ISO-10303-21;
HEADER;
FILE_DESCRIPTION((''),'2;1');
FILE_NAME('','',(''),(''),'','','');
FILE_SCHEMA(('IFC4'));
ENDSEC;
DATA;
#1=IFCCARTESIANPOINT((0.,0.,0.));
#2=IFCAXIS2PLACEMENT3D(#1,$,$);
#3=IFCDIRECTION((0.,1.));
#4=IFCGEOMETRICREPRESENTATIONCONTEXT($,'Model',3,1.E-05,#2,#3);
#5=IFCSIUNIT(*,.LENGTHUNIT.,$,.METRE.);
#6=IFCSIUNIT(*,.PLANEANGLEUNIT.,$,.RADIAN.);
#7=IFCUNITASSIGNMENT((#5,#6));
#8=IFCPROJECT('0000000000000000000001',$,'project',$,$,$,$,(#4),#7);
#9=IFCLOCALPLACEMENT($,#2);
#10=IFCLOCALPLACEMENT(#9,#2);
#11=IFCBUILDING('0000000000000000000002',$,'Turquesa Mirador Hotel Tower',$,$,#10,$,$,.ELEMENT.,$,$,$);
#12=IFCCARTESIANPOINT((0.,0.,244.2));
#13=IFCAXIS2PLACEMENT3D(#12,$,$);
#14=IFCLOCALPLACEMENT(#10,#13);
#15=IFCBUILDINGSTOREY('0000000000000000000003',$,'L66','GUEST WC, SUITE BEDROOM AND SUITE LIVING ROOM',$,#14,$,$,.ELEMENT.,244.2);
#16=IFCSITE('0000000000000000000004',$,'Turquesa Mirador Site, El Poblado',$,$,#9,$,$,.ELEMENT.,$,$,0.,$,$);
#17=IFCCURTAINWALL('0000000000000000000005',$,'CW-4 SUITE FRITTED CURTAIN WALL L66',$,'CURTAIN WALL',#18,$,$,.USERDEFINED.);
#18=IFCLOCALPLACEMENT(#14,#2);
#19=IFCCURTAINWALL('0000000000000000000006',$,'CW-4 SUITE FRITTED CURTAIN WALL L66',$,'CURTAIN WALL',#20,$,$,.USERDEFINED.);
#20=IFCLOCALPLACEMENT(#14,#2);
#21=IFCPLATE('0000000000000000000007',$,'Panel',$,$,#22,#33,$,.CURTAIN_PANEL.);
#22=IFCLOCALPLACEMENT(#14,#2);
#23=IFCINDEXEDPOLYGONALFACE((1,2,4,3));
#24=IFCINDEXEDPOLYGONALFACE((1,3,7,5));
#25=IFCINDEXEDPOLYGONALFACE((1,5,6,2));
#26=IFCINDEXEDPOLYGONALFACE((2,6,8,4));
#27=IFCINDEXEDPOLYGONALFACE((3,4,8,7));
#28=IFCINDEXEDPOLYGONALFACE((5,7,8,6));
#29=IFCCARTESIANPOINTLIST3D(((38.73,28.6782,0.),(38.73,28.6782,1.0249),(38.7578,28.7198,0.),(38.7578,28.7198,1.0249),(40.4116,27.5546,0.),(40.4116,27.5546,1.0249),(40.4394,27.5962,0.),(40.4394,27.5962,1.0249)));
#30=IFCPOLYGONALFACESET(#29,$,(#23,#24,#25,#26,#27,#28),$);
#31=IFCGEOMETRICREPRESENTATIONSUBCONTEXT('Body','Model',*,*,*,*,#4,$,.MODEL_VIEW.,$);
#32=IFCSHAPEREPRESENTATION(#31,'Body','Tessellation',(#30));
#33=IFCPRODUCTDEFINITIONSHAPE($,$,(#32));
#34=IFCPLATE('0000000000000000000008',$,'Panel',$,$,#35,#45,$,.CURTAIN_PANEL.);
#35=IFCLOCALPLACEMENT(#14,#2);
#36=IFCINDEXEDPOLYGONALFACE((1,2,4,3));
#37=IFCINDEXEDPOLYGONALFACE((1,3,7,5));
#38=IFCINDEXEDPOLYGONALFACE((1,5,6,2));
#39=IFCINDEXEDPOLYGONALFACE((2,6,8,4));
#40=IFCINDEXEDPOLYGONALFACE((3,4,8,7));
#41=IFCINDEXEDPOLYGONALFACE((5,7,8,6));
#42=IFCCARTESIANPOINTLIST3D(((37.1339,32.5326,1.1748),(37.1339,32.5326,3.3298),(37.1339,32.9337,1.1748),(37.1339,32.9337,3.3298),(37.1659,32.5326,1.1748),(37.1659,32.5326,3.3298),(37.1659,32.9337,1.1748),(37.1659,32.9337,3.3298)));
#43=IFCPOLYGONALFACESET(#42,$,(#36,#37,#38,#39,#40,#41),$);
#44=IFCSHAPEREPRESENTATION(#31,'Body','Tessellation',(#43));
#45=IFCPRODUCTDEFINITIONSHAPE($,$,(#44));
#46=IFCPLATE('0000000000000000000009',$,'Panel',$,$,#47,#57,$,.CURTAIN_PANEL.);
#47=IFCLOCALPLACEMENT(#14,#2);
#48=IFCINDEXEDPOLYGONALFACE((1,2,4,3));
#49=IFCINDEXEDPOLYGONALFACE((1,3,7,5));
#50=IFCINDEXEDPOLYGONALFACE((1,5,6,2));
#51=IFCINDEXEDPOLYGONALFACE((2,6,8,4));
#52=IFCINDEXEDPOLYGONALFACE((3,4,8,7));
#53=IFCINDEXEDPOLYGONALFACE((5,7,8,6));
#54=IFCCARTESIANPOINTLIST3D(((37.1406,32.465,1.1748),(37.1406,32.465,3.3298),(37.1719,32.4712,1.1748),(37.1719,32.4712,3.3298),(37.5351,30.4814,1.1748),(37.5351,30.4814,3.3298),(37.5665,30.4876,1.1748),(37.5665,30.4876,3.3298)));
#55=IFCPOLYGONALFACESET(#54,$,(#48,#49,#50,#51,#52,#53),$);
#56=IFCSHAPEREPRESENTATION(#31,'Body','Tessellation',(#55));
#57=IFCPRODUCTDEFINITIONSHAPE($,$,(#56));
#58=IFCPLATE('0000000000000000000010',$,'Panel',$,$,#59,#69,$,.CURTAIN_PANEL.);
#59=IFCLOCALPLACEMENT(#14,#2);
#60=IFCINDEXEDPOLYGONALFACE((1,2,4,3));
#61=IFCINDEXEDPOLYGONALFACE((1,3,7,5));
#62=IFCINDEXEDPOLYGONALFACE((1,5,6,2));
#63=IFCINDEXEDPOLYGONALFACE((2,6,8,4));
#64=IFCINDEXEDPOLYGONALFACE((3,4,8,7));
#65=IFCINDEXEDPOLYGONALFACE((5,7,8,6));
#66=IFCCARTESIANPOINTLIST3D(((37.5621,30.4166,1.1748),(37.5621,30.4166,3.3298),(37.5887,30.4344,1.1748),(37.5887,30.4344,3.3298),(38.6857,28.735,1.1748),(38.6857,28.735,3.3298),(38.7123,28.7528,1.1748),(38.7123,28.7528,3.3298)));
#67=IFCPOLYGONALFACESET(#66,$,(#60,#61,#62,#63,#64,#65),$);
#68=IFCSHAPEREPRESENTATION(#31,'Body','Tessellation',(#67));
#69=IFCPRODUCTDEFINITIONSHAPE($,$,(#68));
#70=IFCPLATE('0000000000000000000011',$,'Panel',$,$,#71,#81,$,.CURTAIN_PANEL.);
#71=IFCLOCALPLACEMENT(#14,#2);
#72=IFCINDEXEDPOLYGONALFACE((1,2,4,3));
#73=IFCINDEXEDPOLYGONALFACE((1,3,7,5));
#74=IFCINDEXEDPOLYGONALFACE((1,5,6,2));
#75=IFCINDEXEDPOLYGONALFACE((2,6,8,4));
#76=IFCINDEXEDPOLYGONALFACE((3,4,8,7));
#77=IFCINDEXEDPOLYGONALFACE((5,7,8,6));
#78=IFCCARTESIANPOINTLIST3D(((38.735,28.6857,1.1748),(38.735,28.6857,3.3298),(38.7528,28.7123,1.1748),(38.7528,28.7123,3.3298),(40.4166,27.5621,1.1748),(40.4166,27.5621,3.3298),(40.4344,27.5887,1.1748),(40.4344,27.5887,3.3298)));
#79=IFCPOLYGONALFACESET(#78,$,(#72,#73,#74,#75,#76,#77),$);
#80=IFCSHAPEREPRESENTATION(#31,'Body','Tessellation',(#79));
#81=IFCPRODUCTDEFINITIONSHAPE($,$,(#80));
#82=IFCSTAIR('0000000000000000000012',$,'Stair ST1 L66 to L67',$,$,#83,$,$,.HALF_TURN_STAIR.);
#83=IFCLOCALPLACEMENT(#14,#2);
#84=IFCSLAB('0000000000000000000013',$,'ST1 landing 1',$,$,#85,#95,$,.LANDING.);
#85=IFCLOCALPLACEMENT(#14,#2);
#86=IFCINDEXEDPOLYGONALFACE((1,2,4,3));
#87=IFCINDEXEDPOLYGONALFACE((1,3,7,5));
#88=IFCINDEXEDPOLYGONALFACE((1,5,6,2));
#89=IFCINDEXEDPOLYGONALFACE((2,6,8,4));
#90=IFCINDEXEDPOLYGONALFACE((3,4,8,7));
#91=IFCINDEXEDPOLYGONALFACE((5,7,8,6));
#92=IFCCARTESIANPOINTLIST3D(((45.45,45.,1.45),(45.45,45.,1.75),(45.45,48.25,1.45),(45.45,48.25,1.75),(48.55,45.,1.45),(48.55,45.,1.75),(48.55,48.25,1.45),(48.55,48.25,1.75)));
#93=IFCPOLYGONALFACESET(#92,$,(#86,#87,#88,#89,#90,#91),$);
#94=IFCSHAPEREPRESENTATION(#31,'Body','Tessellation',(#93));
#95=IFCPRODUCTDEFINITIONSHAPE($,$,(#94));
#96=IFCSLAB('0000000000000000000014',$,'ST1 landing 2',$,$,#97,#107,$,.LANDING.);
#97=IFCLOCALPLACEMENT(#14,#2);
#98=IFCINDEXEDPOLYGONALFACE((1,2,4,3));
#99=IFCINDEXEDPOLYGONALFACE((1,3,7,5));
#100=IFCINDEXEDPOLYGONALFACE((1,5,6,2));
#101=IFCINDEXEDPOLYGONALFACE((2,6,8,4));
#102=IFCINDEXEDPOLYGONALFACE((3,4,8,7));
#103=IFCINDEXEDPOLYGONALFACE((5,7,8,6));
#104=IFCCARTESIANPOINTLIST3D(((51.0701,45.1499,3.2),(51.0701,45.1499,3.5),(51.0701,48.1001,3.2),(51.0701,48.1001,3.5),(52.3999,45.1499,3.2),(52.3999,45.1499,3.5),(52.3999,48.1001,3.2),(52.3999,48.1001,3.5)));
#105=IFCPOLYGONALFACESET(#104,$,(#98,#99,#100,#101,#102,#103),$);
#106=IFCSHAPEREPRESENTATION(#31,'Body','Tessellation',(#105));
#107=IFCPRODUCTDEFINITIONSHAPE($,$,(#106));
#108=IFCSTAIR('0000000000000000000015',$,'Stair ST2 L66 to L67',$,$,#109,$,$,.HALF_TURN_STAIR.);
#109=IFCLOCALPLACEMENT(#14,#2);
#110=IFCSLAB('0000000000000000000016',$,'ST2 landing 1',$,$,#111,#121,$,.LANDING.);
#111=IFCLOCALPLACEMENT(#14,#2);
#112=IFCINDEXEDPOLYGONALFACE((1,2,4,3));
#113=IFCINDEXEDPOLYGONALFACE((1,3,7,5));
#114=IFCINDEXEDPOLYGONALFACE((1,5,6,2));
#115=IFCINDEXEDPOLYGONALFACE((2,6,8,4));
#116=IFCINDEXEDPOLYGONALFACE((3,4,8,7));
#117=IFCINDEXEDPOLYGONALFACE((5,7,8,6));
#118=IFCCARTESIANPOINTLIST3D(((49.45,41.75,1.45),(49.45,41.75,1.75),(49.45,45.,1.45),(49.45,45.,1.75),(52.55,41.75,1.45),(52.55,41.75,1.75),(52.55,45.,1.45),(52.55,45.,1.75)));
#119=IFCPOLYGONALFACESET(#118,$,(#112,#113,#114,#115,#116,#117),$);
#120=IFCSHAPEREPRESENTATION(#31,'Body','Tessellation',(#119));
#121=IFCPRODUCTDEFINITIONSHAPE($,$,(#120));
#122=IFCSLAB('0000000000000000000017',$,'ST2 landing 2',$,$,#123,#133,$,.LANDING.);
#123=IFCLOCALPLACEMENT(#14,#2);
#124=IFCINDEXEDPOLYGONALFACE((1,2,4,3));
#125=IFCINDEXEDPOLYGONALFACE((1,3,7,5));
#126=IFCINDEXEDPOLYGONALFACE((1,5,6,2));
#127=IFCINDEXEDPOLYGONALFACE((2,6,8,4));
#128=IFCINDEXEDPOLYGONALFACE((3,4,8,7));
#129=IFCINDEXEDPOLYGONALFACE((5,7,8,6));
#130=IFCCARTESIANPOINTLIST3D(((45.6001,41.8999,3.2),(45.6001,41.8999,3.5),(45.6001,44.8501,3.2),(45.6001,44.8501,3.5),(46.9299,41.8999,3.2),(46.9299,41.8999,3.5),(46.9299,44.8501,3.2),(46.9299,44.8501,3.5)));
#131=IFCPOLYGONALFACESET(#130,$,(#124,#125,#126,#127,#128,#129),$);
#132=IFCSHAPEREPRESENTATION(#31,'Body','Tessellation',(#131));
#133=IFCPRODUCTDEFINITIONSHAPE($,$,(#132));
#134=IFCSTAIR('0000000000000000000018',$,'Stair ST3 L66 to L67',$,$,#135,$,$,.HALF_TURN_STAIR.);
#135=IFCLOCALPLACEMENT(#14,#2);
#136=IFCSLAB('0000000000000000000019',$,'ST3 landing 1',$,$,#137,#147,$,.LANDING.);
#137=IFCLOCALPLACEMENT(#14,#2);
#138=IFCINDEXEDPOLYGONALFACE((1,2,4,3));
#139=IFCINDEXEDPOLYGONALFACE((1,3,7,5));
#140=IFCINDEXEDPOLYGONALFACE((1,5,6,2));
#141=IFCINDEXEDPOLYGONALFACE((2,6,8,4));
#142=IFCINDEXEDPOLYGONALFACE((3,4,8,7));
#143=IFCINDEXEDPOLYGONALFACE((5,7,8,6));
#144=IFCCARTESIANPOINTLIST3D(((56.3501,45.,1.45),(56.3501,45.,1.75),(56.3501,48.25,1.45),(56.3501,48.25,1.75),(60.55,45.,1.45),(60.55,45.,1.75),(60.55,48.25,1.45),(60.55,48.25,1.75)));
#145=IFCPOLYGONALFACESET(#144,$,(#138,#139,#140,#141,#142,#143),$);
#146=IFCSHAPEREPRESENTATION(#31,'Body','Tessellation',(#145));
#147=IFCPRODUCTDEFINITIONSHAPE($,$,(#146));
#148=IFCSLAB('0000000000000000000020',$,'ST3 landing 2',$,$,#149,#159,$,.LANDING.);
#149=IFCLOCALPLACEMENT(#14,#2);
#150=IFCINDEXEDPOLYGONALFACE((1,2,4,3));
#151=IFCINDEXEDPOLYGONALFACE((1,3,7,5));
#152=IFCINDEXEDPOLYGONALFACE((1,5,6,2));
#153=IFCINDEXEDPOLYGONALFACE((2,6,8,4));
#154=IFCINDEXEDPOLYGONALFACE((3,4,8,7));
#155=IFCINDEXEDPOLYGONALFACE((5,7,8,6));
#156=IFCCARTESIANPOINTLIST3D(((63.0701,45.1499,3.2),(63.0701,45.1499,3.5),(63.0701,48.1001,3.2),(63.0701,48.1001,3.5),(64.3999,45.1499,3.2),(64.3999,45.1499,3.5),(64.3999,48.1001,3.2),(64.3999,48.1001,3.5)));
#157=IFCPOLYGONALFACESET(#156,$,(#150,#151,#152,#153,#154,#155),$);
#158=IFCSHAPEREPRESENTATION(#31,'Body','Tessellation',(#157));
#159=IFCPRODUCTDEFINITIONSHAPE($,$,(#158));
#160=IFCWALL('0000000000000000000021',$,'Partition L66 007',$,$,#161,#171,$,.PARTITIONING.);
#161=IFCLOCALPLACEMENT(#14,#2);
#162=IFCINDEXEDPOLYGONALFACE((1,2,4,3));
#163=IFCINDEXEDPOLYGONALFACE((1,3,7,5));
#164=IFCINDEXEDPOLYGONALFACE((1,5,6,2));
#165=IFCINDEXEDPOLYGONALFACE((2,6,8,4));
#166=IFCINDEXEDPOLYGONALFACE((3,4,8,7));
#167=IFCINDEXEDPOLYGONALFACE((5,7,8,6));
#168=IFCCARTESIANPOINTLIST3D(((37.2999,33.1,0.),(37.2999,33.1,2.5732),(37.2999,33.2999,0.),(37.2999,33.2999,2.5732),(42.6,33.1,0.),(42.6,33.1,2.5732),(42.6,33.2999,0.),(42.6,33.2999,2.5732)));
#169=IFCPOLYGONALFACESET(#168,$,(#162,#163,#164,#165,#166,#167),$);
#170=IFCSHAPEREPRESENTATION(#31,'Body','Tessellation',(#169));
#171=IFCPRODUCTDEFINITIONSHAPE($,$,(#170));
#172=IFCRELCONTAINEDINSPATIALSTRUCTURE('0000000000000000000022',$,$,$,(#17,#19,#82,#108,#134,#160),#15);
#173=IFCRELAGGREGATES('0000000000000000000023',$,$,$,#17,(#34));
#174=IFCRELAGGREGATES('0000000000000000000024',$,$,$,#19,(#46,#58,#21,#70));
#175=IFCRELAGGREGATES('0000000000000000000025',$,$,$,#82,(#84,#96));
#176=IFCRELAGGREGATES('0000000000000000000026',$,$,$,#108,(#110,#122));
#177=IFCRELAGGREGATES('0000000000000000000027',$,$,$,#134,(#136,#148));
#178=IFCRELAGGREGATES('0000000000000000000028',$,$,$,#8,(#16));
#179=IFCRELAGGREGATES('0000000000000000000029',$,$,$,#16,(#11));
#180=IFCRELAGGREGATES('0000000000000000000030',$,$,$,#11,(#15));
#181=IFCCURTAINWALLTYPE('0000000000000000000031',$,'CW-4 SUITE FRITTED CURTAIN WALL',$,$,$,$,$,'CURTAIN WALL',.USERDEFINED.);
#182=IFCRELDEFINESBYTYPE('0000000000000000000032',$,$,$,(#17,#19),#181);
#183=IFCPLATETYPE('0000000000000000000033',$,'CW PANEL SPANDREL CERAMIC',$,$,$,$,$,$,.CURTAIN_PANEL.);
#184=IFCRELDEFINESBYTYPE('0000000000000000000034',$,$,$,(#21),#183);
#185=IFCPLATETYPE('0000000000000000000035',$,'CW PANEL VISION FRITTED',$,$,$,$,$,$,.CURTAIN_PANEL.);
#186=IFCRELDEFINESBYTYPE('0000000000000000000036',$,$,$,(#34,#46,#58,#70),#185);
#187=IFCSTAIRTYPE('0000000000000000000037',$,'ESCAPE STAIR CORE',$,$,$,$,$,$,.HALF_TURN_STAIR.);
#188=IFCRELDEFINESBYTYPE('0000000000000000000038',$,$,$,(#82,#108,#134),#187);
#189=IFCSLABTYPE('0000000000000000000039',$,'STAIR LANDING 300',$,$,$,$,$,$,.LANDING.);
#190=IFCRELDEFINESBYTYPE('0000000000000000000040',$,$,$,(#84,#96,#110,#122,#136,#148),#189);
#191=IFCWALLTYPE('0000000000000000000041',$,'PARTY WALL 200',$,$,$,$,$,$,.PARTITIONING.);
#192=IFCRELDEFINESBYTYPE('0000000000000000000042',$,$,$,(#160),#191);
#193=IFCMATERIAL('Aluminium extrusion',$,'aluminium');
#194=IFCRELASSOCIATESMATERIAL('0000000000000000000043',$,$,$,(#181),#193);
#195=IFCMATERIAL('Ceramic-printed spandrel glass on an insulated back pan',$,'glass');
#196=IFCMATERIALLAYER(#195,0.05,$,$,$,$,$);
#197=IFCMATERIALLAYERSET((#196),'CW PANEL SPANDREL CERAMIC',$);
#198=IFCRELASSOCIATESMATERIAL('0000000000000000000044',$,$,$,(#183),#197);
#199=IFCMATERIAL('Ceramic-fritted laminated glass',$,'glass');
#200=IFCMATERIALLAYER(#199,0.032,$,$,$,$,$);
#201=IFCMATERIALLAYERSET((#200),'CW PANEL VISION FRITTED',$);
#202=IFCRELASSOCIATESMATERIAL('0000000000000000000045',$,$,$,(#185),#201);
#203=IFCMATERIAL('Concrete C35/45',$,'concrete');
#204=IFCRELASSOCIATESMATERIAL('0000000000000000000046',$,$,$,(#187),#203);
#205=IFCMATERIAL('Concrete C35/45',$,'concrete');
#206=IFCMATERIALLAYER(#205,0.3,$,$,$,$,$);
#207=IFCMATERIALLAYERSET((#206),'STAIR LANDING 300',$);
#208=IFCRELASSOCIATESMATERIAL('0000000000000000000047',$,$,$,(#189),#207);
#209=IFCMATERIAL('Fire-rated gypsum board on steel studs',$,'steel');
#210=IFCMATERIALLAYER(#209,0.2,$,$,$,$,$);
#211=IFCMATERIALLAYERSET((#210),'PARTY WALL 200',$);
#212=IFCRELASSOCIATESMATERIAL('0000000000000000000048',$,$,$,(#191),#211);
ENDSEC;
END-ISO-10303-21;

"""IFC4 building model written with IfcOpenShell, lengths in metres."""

from ifc_helpers import new_model, si_unit, direction, frame, frame_2d, origin, origin_2d, place, context, subcontext, project, spatial, polyline, rectangle, outline, extrude, material, layer, layer_set, type_object, element, aggregate, save


model = new_model("IFC4")

# Units and contexts
model_context = context("Model", 3, precision=1e-05, world=origin(), true_north=direction((0.0, 1.0)))
body_context = subcontext(model_context, "Body", "Model", "MODEL_VIEW")
ifc_project = project(units=[si_unit("LENGTHUNIT", "METRE"), si_unit("PLANEANGLEUNIT", "RADIAN")], contexts=[model_context])

# Site, building, storey
site_placement = place(None, origin())
site = spatial("IfcSite", under=ifc_project, at=site_placement, Name="Turquesa Mirador Site, El Poblado", CompositionType="ELEMENT", RefElevation=0.0)
building_placement = place(site_placement, origin())
building = spatial("IfcBuilding", under=site, at=building_placement, Name="Turquesa Mirador Hotel Tower", CompositionType="ELEMENT")
storey_placement = place(building_placement, frame((0.0, 0.0, 244.2)))
storey = spatial("IfcBuildingStorey", under=building, at=storey_placement, Name="L66", Description="GUEST WC, SUITE BEDROOM AND SUITE LIVING ROOM", CompositionType="ELEMENT", Elevation=244.2)

# Curtain walls
ifc_material_1 = material(Name="Aluminium extrusion", Category="aluminium")
curtain_wall_type = type_object("IfcCurtainWallType", Name="CW-4 SUITE FRITTED CURTAIN WALL", ElementType="CURTAIN WALL", PredefinedType="USERDEFINED", material=ifc_material_1)
curtain_wall_1_placement = place(storey_placement, origin())
curtain_wall_1 = element("IfcCurtainWall", 1, at=curtain_wall_1_placement, inside=storey, type_object=curtain_wall_type, Name="CW-4 SUITE FRITTED CURTAIN WALL L66", ObjectType="CURTAIN WALL", PredefinedType="USERDEFINED")
curtain_wall_2_placement = place(storey_placement, origin())
curtain_wall_2 = element("IfcCurtainWall", 2, at=curtain_wall_2_placement, inside=storey, type_object=curtain_wall_type, Name="CW-4 SUITE FRITTED CURTAIN WALL L66", ObjectType="CURTAIN WALL", PredefinedType="USERDEFINED")

# Plates
ifc_material_2 = material(Name="Ceramic-printed spandrel glass on an insulated back pan", Category="glass")
ifc_layer_1 = layer(ifc_material_2, 0.05)
ifc_layer_set_1 = layer_set([ifc_layer_1], Name="CW PANEL SPANDREL CERAMIC")
plate_type_1 = type_object("IfcPlateType", Name="CW PANEL SPANDREL CERAMIC", PredefinedType="CURTAIN_PANEL", material=ifc_layer_set_1)
plate_1_placement = place(storey_placement, frame((39.5847, 28.1372, 0.0), z_axis=(0.0, 0.0, 1.0), x_axis=(0.83147, -0.55557, 0.0)))
plate_1 = element("IfcPlate", 3, at=plate_1_placement, type_object=plate_type_1, Name="Panel", PredefinedType="CURTAIN_PANEL", context=body_context, shape_type="SweptSolid", body=[
    extrude(rectangle(XDim=2.0225, YDim=0.05, at=origin_2d()), origin(), (0.0, 0.0, 1.0), 1.0249),
])
ifc_material_3 = material(Name="Ceramic-fritted laminated glass", Category="glass")
ifc_layer_2 = layer(ifc_material_3, 0.032)
ifc_layer_set_2 = layer_set([ifc_layer_2], Name="CW PANEL VISION FRITTED")
plate_type_2 = type_object("IfcPlateType", Name="CW PANEL VISION FRITTED", PredefinedType="CURTAIN_PANEL", material=ifc_layer_set_2)
plate_2_placement = place(storey_placement, frame((37.1499, 32.7332, 1.1748), z_axis=(0.0, 0.0, 1.0), x_axis=(0.0, -1.0, 0.0)))
plate_2 = element("IfcPlate", 4, at=plate_2_placement, type_object=plate_type_2, Name="Panel", PredefinedType="CURTAIN_PANEL", context=body_context, shape_type="SweptSolid", body=[
    extrude(rectangle(XDim=0.4011, YDim=0.032, at=origin_2d()), origin(), (0.0, 0.0, 1.0), 2.155),
])
aggregate(curtain_wall_1, [plate_2])
plate_3_placement = place(storey_placement, frame((37.3535, 31.4763, 1.1748), z_axis=(0.0, 0.0, 1.0), x_axis=(0.195091, -0.980785, 0.0)))
plate_3 = element("IfcPlate", 5, at=plate_3_placement, type_object=plate_type_2, Name="Panel", PredefinedType="CURTAIN_PANEL", context=body_context, shape_type="SweptSolid", body=[
    extrude(rectangle(XDim=2.0225, YDim=0.032, at=origin_2d()), origin(), (0.0, 0.0, 1.0), 2.155),
])
plate_4_placement = place(storey_placement, frame((38.1372, 29.5847, 1.1748), z_axis=(0.0, 0.0, 1.0), x_axis=(0.55557, -0.83147, 0.0)))
plate_4 = element("IfcPlate", 6, at=plate_4_placement, type_object=plate_type_2, Name="Panel", PredefinedType="CURTAIN_PANEL", context=body_context, shape_type="SweptSolid", body=[
    extrude(rectangle(XDim=2.0225, YDim=0.032, at=origin_2d()), origin(), (0.0, 0.0, 1.0), 2.155),
])
plate_5_placement = place(storey_placement, frame((39.5847, 28.1372, 1.1748), z_axis=(0.0, 0.0, 1.0), x_axis=(0.83147, -0.55557, 0.0)))
plate_5 = element("IfcPlate", 7, at=plate_5_placement, type_object=plate_type_2, Name="Panel", PredefinedType="CURTAIN_PANEL", context=body_context, shape_type="SweptSolid", body=[
    extrude(rectangle(XDim=2.0225, YDim=0.032, at=origin_2d()), origin(), (0.0, 0.0, 1.0), 2.155),
])
aggregate(curtain_wall_2, [plate_3, plate_4, plate_1, plate_5])

# Stairs, slabs
ifc_material_4 = material(Name="Concrete C35/45", Category="concrete")
stair_type = type_object("IfcStairType", Name="ESCAPE STAIR CORE", PredefinedType="HALF_TURN_STAIR", material=ifc_material_4)
stair_1_placement = place(storey_placement, origin())
stair_1 = element("IfcStair", 8, at=stair_1_placement, inside=storey, type_object=stair_type, Name="Stair ST1 L66 to L67", PredefinedType="HALF_TURN_STAIR")
ifc_material_5 = material(Name="Concrete C35/45", Category="concrete")
ifc_layer_3 = layer(ifc_material_5, 0.3)
ifc_layer_set_3 = layer_set([ifc_layer_3], Name="STAIR LANDING 300")
slab_type_1 = type_object("IfcSlabType", Name="STAIR LANDING 300", PredefinedType="LANDING", material=ifc_layer_set_3)
slab_1_placement = place(storey_placement, frame((0.0, 0.0, 1.45)))
slab_1 = element("IfcSlab", 9, at=slab_1_placement, type_object=slab_type_1, Name="ST1 landing 1", PredefinedType="LANDING", context=body_context, shape_type="SweptSolid", body=[
    extrude(outline(polyline([(45.45, 45.0), (48.55, 45.0), (48.55, 48.25), (45.45, 48.25), (45.45, 45.0)])), origin(), (0.0, 0.0, 1.0), 0.3),
])
slab_2_placement = place(storey_placement, frame((0.0, 0.0, 3.2)))
slab_2 = element("IfcSlab", 10, at=slab_2_placement, type_object=slab_type_1, Name="ST1 landing 2", PredefinedType="LANDING", context=body_context, shape_type="SweptSolid", body=[
    extrude(outline(polyline([(51.0701, 45.1499), (52.3999, 45.1499), (52.3999, 48.1001), (51.0701, 48.1001), (51.0701, 45.1499)])), origin(), (0.0, 0.0, 1.0), 0.3),
])
aggregate(stair_1, [slab_1, slab_2])
stair_2_placement = place(storey_placement, origin())
stair_2 = element("IfcStair", 11, at=stair_2_placement, inside=storey, type_object=stair_type, Name="Stair ST2 L66 to L67", PredefinedType="HALF_TURN_STAIR")
slab_3_placement = place(storey_placement, frame((0.0, 0.0, 1.45)))
slab_3 = element("IfcSlab", 12, at=slab_3_placement, type_object=slab_type_1, Name="ST2 landing 1", PredefinedType="LANDING", context=body_context, shape_type="SweptSolid", body=[
    extrude(outline(polyline([(52.55, 45.0), (49.45, 45.0), (49.45, 41.75), (52.55, 41.75), (52.55, 45.0)])), origin(), (0.0, 0.0, 1.0), 0.3),
])
slab_4_placement = place(storey_placement, frame((0.0, 0.0, 3.2)))
slab_4 = element("IfcSlab", 13, at=slab_4_placement, type_object=slab_type_1, Name="ST2 landing 2", PredefinedType="LANDING", context=body_context, shape_type="SweptSolid", body=[
    extrude(outline(polyline([(46.9299, 44.8501), (45.6001, 44.8501), (45.6001, 41.8999), (46.9299, 41.8999), (46.9299, 44.8501)])), origin(), (0.0, 0.0, 1.0), 0.3),
])
aggregate(stair_2, [slab_3, slab_4])
stair_3_placement = place(storey_placement, origin())
stair_3 = element("IfcStair", 14, at=stair_3_placement, inside=storey, type_object=stair_type, Name="Stair ST3 L66 to L67", PredefinedType="HALF_TURN_STAIR")
slab_5_placement = place(storey_placement, frame((0.0, 0.0, 1.45)))
slab_5 = element("IfcSlab", 15, at=slab_5_placement, type_object=slab_type_1, Name="ST3 landing 1", PredefinedType="LANDING", context=body_context, shape_type="SweptSolid", body=[
    extrude(outline(polyline([(56.3501, 45.0), (60.55, 45.0), (60.55, 48.25), (56.3501, 48.25), (56.3501, 45.0)])), origin(), (0.0, 0.0, 1.0), 0.3),
])
slab_6_placement = place(storey_placement, frame((0.0, 0.0, 3.2)))
slab_6 = element("IfcSlab", 16, at=slab_6_placement, type_object=slab_type_1, Name="ST3 landing 2", PredefinedType="LANDING", context=body_context, shape_type="SweptSolid", body=[
    extrude(outline(polyline([(63.0701, 45.1499), (64.3999, 45.1499), (64.3999, 48.1001), (63.0701, 48.1001), (63.0701, 45.1499)])), origin(), (0.0, 0.0, 1.0), 0.3),
])
aggregate(stair_3, [slab_5, slab_6])

# Wall
ifc_material_6 = material(Name="Fire-rated gypsum board on steel studs", Category="steel")
ifc_layer_4 = layer(ifc_material_6, 0.2)
ifc_layer_set_4 = layer_set([ifc_layer_4], Name="PARTY WALL 200")
wall_type = type_object("IfcWallType", Name="PARTY WALL 200", PredefinedType="PARTITIONING", material=ifc_layer_set_4)
wall_placement = place(storey_placement, frame((37.3, 33.2, 0.0), z_axis=(0.0, 0.0, 1.0), x_axis=(1.0, 0.0, 0.0)))
element("IfcWall", 17, at=wall_placement, inside=storey, type_object=wall_type, Name="Partition L66 007", PredefinedType="PARTITIONING", context=body_context, shape_type="SweptSolid", body=[
    extrude(rectangle(XDim=5.3, YDim=0.2, at=frame_2d((2.6499, 0.0))), origin(), (0.0, 0.0, 1.0), 2.5732),
])

save(model, "model.ifc")
